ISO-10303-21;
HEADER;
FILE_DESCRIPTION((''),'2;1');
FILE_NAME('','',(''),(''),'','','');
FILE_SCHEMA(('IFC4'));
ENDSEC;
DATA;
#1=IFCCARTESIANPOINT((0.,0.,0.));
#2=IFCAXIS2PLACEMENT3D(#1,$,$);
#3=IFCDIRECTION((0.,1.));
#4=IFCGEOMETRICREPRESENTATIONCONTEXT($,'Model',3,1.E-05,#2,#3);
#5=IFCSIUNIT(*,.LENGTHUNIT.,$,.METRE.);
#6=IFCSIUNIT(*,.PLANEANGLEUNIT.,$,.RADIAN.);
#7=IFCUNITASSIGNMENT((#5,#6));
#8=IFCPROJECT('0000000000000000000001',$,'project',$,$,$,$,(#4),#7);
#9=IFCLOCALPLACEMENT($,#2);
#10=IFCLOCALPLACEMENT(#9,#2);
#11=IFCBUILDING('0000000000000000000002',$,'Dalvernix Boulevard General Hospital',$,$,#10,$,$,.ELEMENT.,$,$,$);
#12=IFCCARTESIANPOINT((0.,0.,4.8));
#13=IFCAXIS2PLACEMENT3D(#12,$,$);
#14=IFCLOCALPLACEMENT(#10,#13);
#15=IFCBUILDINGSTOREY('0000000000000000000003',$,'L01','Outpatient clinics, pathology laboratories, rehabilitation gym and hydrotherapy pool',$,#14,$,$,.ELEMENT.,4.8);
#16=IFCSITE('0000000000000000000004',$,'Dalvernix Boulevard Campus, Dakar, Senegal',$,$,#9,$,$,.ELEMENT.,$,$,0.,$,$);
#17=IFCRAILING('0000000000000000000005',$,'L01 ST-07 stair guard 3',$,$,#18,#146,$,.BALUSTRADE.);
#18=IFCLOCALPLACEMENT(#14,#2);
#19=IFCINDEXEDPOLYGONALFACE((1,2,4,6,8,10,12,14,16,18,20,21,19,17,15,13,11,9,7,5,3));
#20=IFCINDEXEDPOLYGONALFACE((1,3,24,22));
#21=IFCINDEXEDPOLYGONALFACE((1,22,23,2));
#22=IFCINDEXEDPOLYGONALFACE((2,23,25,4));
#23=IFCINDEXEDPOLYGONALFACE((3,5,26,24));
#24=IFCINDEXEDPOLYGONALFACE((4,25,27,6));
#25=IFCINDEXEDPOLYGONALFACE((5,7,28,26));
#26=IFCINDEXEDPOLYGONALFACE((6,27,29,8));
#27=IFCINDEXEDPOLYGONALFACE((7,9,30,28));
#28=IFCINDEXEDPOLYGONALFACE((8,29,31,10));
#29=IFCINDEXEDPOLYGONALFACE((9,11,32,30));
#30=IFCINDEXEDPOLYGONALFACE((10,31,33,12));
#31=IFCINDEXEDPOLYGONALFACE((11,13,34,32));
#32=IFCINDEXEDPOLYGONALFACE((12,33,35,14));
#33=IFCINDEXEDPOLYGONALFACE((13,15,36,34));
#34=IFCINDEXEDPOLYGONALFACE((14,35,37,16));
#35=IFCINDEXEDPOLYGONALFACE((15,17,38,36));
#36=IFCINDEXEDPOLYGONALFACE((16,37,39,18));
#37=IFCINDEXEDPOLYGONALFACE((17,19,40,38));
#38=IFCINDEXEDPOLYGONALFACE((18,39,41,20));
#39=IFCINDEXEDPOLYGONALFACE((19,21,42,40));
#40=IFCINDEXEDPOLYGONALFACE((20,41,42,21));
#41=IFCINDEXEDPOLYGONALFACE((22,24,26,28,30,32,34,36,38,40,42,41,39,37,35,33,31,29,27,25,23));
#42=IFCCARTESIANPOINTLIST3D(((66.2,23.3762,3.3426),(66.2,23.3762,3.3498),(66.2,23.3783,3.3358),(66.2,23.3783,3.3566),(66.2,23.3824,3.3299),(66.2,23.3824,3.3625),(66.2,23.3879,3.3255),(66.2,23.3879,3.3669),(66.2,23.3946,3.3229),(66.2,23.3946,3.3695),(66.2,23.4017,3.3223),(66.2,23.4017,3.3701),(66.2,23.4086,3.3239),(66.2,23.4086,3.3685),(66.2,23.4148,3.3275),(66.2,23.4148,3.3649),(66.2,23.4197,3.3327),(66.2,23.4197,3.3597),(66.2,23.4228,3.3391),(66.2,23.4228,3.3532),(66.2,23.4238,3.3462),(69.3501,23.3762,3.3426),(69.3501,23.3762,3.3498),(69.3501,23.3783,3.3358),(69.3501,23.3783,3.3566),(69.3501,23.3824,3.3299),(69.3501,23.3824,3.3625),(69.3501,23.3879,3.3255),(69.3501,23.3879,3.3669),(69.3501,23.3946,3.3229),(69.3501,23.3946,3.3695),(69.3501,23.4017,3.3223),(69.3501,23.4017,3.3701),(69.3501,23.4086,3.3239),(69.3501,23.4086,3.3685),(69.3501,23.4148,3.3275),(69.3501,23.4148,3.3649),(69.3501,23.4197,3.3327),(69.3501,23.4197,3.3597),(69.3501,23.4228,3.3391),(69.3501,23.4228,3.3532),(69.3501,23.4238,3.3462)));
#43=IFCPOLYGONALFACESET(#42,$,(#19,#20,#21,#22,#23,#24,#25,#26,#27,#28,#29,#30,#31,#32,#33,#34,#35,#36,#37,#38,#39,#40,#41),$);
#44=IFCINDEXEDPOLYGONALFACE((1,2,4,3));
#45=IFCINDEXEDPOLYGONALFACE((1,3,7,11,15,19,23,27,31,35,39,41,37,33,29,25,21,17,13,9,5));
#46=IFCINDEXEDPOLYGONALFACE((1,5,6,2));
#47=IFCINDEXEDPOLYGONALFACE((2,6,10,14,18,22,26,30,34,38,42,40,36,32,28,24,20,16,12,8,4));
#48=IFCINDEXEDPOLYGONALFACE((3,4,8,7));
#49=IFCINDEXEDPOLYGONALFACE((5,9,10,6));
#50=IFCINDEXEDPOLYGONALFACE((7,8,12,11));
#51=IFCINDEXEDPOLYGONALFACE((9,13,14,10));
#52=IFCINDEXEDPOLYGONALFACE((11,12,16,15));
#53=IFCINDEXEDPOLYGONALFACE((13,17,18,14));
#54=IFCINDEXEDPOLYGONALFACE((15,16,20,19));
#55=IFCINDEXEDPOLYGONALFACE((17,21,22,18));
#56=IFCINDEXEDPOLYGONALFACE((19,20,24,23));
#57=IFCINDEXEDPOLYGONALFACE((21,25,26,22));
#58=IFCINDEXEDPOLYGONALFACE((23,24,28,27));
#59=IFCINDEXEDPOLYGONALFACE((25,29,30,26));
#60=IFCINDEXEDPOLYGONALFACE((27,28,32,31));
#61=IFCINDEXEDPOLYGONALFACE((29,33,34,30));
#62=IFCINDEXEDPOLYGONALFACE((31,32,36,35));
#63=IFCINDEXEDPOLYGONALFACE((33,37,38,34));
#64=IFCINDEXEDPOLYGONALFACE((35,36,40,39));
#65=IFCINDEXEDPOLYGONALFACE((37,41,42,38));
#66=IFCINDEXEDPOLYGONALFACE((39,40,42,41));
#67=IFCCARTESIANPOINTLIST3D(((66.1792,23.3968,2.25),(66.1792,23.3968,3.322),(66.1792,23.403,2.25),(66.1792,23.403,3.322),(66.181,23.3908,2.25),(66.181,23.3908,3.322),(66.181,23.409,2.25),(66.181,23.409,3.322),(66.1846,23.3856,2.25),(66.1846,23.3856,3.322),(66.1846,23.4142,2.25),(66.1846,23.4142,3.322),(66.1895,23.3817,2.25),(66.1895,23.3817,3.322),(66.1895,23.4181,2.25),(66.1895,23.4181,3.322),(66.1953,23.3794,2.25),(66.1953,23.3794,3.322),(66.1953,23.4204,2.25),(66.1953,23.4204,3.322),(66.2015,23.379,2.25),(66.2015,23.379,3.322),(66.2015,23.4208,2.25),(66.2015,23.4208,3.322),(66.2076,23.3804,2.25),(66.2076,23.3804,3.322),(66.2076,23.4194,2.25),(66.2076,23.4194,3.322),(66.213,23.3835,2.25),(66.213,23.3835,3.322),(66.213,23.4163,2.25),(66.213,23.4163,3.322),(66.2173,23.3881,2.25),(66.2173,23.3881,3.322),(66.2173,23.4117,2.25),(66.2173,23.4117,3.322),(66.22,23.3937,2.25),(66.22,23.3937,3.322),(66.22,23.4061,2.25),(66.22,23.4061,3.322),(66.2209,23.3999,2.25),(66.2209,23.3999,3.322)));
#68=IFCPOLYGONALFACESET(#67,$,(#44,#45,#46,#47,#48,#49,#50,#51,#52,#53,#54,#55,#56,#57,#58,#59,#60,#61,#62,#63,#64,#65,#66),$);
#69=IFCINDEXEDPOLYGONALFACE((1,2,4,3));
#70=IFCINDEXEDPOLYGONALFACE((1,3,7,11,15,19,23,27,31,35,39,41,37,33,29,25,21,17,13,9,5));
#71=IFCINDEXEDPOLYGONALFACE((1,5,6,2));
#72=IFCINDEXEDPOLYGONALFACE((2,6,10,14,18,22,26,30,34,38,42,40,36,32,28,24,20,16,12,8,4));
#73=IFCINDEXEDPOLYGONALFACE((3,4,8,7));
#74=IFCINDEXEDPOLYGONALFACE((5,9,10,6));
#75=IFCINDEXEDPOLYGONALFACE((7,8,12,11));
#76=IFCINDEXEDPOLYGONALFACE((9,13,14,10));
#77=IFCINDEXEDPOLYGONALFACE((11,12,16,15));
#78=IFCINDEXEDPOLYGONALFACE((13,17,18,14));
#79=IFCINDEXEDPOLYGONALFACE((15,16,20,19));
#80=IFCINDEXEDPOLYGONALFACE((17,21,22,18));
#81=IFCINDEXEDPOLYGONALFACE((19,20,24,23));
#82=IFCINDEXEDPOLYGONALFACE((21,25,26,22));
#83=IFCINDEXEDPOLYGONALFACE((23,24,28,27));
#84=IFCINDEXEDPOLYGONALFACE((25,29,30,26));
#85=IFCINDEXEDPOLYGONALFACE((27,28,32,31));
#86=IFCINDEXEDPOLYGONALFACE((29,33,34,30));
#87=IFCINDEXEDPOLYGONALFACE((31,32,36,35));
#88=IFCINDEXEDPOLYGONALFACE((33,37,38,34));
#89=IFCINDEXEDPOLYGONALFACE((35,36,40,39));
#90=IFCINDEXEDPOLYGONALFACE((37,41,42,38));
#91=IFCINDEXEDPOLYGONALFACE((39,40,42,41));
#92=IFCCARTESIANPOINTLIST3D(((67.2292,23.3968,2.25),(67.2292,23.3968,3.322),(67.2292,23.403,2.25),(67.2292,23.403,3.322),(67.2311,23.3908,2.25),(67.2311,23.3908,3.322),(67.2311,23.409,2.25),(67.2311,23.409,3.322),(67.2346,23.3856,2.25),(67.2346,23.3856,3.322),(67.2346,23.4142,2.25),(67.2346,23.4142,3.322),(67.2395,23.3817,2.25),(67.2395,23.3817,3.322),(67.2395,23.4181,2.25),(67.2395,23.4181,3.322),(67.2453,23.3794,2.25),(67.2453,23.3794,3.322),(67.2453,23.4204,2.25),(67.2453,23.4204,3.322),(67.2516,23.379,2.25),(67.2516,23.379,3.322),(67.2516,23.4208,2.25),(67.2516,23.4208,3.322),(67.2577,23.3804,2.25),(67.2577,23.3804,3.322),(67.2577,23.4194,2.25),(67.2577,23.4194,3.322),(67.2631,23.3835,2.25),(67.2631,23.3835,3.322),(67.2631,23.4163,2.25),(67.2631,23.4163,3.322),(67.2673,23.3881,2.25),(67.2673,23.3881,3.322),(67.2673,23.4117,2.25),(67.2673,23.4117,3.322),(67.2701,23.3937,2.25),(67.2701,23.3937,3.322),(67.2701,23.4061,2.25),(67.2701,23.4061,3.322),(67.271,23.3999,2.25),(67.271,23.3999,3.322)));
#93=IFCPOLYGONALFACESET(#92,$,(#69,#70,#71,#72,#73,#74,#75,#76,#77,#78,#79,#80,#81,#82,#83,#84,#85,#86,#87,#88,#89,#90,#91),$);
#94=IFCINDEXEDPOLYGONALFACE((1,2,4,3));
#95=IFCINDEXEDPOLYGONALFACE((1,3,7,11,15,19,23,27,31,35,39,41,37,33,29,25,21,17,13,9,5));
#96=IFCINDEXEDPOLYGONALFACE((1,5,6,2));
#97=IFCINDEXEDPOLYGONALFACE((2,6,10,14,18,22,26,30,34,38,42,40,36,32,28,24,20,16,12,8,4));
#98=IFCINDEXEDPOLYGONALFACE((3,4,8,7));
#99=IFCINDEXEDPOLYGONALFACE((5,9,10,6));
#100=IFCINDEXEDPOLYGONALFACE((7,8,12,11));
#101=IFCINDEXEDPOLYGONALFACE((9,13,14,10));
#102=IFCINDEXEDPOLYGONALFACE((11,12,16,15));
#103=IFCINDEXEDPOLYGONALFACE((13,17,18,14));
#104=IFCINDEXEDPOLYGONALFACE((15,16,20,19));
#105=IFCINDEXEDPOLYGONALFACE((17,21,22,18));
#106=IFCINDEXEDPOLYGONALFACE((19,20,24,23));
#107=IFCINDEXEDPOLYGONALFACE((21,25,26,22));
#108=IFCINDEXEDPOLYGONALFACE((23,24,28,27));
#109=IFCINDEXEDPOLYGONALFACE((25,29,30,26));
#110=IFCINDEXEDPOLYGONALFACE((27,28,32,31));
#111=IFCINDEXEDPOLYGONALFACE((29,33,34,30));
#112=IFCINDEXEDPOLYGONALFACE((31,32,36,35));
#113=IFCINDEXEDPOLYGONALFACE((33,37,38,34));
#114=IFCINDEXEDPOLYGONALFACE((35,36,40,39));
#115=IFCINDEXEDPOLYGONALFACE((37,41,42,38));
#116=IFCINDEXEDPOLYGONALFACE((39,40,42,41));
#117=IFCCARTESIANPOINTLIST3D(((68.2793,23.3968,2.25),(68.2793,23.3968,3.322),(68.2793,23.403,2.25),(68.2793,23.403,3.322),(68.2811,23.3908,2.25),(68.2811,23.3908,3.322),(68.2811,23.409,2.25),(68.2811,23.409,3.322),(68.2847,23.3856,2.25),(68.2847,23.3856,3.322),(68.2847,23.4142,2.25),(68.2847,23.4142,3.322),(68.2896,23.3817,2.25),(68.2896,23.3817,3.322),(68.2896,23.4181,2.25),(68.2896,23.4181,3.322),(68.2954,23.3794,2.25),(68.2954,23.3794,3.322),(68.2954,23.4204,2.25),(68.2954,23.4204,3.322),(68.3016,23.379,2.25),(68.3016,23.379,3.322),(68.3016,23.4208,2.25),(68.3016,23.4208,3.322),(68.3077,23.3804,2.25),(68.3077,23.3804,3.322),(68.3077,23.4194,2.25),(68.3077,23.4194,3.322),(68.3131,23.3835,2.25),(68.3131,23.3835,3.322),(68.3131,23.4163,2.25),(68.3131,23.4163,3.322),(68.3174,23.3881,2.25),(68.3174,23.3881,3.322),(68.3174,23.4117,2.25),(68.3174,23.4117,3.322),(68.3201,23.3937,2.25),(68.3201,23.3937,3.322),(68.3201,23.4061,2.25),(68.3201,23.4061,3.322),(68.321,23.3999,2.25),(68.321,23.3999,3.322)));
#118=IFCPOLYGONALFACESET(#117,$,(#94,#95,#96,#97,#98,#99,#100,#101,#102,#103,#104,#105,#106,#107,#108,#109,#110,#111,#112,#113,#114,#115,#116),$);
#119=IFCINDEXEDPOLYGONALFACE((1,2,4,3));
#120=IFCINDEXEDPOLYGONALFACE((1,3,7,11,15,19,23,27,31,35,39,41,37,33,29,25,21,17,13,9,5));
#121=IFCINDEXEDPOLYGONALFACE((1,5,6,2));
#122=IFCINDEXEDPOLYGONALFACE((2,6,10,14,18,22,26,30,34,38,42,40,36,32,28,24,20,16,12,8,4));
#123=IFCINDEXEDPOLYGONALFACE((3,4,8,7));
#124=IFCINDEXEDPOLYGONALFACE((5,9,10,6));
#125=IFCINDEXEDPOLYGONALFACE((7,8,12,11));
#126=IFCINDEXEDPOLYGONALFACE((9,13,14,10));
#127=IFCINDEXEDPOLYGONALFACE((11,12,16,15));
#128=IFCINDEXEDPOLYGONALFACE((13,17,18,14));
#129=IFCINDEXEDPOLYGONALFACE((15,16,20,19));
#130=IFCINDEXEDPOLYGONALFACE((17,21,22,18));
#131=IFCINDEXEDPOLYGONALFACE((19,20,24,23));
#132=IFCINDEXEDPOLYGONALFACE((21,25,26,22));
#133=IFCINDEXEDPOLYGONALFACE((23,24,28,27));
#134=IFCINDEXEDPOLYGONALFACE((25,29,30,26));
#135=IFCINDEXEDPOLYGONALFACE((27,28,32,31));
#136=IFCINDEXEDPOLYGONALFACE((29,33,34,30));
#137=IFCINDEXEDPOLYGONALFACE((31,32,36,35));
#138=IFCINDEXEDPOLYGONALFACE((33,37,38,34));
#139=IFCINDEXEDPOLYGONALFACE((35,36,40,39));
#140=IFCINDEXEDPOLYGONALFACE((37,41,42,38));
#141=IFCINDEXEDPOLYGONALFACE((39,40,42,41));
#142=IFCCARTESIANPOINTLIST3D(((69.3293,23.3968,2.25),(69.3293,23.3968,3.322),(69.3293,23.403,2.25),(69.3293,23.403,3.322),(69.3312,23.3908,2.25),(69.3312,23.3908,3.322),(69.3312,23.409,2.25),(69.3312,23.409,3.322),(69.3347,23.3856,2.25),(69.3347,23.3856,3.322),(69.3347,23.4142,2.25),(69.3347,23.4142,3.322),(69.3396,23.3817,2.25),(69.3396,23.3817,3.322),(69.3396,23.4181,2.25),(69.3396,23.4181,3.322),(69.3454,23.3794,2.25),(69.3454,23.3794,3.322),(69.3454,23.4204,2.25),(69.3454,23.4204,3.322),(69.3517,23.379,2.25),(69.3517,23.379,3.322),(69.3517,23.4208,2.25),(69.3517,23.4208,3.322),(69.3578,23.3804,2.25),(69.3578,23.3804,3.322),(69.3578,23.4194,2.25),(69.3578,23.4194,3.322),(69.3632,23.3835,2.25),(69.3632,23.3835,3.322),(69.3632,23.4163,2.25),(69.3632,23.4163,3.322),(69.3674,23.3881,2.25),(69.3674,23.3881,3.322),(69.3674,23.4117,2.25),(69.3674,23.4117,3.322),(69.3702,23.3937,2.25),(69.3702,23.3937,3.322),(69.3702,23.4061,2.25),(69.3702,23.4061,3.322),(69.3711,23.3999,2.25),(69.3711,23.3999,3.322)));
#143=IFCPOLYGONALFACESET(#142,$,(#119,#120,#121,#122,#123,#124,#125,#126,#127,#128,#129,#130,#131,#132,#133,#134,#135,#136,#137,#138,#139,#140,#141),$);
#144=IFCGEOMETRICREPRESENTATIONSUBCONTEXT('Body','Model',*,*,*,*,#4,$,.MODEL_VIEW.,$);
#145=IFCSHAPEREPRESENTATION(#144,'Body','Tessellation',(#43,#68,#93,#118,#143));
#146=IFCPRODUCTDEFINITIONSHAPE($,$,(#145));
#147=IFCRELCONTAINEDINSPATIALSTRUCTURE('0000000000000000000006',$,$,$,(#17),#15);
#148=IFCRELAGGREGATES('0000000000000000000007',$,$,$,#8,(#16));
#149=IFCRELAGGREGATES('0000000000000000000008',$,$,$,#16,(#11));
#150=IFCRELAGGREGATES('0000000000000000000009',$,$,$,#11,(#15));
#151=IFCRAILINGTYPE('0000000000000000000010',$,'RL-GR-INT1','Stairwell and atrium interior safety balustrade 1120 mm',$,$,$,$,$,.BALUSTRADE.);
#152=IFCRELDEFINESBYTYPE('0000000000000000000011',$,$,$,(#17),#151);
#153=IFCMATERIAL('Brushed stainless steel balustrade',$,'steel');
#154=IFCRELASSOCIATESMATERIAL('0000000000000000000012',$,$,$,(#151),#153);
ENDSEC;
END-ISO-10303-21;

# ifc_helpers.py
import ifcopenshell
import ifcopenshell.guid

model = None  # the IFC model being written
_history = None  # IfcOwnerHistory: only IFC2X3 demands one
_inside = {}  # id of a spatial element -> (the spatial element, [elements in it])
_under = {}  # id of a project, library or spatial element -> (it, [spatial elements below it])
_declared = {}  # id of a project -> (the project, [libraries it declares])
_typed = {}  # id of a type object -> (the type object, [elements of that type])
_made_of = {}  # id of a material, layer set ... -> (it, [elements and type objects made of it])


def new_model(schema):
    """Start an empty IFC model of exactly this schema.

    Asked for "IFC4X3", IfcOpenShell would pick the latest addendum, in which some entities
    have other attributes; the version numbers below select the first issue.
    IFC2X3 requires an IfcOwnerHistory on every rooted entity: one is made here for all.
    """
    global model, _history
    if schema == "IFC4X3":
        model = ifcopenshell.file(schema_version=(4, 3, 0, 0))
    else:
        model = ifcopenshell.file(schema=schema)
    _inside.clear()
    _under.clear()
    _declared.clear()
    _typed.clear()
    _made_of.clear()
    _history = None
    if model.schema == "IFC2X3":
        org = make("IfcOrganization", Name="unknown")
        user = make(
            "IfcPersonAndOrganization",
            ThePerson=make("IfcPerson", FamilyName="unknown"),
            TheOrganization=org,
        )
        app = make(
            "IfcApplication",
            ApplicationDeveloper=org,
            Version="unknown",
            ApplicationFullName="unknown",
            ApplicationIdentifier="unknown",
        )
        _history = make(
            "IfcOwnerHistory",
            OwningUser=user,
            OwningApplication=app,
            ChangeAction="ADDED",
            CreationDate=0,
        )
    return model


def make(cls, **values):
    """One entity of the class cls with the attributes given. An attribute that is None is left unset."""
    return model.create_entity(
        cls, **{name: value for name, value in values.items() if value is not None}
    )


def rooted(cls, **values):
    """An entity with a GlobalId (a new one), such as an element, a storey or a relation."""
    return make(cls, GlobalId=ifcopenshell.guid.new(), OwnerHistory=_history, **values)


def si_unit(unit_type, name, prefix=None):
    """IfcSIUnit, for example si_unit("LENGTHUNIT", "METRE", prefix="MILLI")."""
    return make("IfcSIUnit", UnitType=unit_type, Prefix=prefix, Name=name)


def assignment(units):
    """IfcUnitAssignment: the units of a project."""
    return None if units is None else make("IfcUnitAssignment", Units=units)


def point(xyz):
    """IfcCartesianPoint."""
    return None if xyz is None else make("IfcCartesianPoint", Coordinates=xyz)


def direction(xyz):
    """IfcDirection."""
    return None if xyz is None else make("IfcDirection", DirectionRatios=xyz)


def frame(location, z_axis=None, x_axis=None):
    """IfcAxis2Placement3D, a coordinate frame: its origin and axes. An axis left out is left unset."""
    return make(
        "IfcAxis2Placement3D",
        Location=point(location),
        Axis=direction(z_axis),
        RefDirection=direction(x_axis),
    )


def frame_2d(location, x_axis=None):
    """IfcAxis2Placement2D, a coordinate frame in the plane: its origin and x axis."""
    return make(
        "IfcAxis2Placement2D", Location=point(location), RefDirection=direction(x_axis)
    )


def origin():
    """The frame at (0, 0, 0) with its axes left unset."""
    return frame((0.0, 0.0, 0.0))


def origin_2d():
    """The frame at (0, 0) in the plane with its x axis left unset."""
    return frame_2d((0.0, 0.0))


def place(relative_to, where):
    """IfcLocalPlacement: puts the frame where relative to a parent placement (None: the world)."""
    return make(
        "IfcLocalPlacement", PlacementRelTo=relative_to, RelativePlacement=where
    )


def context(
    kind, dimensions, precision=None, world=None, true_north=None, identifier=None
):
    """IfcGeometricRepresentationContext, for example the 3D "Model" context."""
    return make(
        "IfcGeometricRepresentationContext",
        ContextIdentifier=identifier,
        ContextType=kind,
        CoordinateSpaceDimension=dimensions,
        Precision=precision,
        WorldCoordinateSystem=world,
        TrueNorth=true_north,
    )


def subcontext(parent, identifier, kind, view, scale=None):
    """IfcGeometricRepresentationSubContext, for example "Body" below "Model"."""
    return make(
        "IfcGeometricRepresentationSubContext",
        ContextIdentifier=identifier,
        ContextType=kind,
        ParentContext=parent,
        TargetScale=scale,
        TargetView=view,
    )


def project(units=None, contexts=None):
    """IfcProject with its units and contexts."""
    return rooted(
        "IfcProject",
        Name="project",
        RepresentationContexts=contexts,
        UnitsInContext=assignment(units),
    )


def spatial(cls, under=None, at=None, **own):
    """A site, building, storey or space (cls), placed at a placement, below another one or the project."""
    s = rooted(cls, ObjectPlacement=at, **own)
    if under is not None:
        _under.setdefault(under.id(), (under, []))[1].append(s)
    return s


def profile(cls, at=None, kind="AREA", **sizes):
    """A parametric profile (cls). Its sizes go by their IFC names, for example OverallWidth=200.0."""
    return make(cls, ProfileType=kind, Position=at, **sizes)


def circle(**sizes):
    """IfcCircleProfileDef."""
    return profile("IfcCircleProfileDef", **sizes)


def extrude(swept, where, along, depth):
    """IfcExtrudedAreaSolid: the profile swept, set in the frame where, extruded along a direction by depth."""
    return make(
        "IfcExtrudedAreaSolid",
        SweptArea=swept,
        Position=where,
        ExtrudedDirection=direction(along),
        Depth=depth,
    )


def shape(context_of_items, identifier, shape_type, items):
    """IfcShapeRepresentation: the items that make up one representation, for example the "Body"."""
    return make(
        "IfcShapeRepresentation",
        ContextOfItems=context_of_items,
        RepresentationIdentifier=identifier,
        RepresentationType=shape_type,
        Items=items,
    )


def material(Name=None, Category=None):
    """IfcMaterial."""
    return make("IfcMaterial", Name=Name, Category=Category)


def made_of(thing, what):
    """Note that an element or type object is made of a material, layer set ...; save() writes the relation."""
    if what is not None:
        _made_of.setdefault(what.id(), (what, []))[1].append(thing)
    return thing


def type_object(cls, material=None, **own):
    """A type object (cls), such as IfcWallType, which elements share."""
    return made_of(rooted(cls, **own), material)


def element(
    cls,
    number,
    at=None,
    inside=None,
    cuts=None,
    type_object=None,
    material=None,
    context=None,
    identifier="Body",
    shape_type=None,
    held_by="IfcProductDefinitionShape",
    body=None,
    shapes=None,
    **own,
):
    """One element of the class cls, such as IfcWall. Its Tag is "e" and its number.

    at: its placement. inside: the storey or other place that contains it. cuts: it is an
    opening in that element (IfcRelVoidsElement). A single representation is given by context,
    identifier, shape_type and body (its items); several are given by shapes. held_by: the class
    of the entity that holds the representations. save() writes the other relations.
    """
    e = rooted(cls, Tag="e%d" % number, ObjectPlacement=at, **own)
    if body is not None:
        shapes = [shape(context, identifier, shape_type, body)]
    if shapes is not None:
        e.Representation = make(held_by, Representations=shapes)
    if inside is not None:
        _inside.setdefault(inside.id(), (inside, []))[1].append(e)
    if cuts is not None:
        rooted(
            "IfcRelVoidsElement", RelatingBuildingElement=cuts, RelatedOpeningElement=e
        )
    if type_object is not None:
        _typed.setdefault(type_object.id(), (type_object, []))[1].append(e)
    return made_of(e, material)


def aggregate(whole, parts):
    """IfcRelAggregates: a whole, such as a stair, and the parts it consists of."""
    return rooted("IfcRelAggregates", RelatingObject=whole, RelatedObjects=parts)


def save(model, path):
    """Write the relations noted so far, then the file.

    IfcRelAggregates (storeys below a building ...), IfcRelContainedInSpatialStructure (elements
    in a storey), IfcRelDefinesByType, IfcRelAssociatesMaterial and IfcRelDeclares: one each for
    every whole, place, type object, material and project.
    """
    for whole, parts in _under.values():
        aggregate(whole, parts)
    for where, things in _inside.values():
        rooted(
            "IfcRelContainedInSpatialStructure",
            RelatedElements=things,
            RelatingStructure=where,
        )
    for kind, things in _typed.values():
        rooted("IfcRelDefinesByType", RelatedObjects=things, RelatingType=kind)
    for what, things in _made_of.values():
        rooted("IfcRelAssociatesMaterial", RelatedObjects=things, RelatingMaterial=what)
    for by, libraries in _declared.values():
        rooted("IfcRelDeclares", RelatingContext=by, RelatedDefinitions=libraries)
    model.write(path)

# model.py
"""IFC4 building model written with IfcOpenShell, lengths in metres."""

from ifc_helpers import new_model, si_unit, direction, frame, origin, origin_2d, place, context, subcontext, project, spatial, circle, extrude, material, type_object, element, save


model = new_model("IFC4")

# Units and contexts
model_context = context("Model", 3, precision=1e-05, world=origin(), true_north=direction((0.0, 1.0)))
body_context = subcontext(model_context, "Body", "Model", "MODEL_VIEW")
ifc_project = project(units=[si_unit("LENGTHUNIT", "METRE"), si_unit("PLANEANGLEUNIT", "RADIAN")], contexts=[model_context])

# Site, building, storey
site_placement = place(None, origin())
site = spatial("IfcSite", under=ifc_project, at=site_placement, Name="Dalvernix Boulevard Campus, Dakar, Senegal", CompositionType="ELEMENT", RefElevation=0.0)
building_placement = place(site_placement, origin())
building = spatial("IfcBuilding", under=site, at=building_placement, Name="Dalvernix Boulevard General Hospital", CompositionType="ELEMENT")
storey_placement = place(building_placement, frame((0.0, 0.0, 4.8)))
storey = spatial("IfcBuildingStorey", under=building, at=storey_placement, Name="L01", Description="Outpatient clinics, pathology laboratories, rehabilitation gym and hydrotherapy pool", CompositionType="ELEMENT", Elevation=4.8)

# Railing
ifc_material_1 = material(Name="Brushed stainless steel balustrade", Category="steel")
railing_type_1 = type_object("IfcRailingType", Name="RL-GR-INT1", Description="Stairwell and atrium interior safety balustrade 1120 mm", PredefinedType="BALUSTRADE", material=ifc_material_1)
for number, where, name in (
    (1, (66.2, 23.3999, 2.25), "L01 ST-07 stair guard 3"),
):
    element("IfcRailing", number, at=place(storey_placement, frame(where)), inside=storey, type_object=railing_type_1, Name=name, PredefinedType="BALUSTRADE", context=body_context, shape_type="SweptSolid", body=[
        extrude(circle(Radius=0.0239, at=origin_2d()), frame((0.0, 0.0, 1.0962), z_axis=(1.0, 0.0, 0.0), x_axis=(0.0, 1.0, 0.0)), (0.0, 0.0, 1.0), 3.1501),
        extrude(circle(Radius=0.021, at=origin_2d()), origin(), (0.0, 0.0, 1.0), 1.072),
        extrude(circle(Radius=0.021, at=origin_2d()), frame((1.05, 0.0, 0.0)), (0.0, 0.0, 1.0), 1.072),
        extrude(circle(Radius=0.021, at=origin_2d()), frame((2.1001, 0.0, 0.0)), (0.0, 0.0, 1.0), 1.072),
        extrude(circle(Radius=0.021, at=origin_2d()), frame((3.1501, 0.0, 0.0)), (0.0, 0.0, 1.0), 1.072),
    ])

save(model, "model.ifc")
